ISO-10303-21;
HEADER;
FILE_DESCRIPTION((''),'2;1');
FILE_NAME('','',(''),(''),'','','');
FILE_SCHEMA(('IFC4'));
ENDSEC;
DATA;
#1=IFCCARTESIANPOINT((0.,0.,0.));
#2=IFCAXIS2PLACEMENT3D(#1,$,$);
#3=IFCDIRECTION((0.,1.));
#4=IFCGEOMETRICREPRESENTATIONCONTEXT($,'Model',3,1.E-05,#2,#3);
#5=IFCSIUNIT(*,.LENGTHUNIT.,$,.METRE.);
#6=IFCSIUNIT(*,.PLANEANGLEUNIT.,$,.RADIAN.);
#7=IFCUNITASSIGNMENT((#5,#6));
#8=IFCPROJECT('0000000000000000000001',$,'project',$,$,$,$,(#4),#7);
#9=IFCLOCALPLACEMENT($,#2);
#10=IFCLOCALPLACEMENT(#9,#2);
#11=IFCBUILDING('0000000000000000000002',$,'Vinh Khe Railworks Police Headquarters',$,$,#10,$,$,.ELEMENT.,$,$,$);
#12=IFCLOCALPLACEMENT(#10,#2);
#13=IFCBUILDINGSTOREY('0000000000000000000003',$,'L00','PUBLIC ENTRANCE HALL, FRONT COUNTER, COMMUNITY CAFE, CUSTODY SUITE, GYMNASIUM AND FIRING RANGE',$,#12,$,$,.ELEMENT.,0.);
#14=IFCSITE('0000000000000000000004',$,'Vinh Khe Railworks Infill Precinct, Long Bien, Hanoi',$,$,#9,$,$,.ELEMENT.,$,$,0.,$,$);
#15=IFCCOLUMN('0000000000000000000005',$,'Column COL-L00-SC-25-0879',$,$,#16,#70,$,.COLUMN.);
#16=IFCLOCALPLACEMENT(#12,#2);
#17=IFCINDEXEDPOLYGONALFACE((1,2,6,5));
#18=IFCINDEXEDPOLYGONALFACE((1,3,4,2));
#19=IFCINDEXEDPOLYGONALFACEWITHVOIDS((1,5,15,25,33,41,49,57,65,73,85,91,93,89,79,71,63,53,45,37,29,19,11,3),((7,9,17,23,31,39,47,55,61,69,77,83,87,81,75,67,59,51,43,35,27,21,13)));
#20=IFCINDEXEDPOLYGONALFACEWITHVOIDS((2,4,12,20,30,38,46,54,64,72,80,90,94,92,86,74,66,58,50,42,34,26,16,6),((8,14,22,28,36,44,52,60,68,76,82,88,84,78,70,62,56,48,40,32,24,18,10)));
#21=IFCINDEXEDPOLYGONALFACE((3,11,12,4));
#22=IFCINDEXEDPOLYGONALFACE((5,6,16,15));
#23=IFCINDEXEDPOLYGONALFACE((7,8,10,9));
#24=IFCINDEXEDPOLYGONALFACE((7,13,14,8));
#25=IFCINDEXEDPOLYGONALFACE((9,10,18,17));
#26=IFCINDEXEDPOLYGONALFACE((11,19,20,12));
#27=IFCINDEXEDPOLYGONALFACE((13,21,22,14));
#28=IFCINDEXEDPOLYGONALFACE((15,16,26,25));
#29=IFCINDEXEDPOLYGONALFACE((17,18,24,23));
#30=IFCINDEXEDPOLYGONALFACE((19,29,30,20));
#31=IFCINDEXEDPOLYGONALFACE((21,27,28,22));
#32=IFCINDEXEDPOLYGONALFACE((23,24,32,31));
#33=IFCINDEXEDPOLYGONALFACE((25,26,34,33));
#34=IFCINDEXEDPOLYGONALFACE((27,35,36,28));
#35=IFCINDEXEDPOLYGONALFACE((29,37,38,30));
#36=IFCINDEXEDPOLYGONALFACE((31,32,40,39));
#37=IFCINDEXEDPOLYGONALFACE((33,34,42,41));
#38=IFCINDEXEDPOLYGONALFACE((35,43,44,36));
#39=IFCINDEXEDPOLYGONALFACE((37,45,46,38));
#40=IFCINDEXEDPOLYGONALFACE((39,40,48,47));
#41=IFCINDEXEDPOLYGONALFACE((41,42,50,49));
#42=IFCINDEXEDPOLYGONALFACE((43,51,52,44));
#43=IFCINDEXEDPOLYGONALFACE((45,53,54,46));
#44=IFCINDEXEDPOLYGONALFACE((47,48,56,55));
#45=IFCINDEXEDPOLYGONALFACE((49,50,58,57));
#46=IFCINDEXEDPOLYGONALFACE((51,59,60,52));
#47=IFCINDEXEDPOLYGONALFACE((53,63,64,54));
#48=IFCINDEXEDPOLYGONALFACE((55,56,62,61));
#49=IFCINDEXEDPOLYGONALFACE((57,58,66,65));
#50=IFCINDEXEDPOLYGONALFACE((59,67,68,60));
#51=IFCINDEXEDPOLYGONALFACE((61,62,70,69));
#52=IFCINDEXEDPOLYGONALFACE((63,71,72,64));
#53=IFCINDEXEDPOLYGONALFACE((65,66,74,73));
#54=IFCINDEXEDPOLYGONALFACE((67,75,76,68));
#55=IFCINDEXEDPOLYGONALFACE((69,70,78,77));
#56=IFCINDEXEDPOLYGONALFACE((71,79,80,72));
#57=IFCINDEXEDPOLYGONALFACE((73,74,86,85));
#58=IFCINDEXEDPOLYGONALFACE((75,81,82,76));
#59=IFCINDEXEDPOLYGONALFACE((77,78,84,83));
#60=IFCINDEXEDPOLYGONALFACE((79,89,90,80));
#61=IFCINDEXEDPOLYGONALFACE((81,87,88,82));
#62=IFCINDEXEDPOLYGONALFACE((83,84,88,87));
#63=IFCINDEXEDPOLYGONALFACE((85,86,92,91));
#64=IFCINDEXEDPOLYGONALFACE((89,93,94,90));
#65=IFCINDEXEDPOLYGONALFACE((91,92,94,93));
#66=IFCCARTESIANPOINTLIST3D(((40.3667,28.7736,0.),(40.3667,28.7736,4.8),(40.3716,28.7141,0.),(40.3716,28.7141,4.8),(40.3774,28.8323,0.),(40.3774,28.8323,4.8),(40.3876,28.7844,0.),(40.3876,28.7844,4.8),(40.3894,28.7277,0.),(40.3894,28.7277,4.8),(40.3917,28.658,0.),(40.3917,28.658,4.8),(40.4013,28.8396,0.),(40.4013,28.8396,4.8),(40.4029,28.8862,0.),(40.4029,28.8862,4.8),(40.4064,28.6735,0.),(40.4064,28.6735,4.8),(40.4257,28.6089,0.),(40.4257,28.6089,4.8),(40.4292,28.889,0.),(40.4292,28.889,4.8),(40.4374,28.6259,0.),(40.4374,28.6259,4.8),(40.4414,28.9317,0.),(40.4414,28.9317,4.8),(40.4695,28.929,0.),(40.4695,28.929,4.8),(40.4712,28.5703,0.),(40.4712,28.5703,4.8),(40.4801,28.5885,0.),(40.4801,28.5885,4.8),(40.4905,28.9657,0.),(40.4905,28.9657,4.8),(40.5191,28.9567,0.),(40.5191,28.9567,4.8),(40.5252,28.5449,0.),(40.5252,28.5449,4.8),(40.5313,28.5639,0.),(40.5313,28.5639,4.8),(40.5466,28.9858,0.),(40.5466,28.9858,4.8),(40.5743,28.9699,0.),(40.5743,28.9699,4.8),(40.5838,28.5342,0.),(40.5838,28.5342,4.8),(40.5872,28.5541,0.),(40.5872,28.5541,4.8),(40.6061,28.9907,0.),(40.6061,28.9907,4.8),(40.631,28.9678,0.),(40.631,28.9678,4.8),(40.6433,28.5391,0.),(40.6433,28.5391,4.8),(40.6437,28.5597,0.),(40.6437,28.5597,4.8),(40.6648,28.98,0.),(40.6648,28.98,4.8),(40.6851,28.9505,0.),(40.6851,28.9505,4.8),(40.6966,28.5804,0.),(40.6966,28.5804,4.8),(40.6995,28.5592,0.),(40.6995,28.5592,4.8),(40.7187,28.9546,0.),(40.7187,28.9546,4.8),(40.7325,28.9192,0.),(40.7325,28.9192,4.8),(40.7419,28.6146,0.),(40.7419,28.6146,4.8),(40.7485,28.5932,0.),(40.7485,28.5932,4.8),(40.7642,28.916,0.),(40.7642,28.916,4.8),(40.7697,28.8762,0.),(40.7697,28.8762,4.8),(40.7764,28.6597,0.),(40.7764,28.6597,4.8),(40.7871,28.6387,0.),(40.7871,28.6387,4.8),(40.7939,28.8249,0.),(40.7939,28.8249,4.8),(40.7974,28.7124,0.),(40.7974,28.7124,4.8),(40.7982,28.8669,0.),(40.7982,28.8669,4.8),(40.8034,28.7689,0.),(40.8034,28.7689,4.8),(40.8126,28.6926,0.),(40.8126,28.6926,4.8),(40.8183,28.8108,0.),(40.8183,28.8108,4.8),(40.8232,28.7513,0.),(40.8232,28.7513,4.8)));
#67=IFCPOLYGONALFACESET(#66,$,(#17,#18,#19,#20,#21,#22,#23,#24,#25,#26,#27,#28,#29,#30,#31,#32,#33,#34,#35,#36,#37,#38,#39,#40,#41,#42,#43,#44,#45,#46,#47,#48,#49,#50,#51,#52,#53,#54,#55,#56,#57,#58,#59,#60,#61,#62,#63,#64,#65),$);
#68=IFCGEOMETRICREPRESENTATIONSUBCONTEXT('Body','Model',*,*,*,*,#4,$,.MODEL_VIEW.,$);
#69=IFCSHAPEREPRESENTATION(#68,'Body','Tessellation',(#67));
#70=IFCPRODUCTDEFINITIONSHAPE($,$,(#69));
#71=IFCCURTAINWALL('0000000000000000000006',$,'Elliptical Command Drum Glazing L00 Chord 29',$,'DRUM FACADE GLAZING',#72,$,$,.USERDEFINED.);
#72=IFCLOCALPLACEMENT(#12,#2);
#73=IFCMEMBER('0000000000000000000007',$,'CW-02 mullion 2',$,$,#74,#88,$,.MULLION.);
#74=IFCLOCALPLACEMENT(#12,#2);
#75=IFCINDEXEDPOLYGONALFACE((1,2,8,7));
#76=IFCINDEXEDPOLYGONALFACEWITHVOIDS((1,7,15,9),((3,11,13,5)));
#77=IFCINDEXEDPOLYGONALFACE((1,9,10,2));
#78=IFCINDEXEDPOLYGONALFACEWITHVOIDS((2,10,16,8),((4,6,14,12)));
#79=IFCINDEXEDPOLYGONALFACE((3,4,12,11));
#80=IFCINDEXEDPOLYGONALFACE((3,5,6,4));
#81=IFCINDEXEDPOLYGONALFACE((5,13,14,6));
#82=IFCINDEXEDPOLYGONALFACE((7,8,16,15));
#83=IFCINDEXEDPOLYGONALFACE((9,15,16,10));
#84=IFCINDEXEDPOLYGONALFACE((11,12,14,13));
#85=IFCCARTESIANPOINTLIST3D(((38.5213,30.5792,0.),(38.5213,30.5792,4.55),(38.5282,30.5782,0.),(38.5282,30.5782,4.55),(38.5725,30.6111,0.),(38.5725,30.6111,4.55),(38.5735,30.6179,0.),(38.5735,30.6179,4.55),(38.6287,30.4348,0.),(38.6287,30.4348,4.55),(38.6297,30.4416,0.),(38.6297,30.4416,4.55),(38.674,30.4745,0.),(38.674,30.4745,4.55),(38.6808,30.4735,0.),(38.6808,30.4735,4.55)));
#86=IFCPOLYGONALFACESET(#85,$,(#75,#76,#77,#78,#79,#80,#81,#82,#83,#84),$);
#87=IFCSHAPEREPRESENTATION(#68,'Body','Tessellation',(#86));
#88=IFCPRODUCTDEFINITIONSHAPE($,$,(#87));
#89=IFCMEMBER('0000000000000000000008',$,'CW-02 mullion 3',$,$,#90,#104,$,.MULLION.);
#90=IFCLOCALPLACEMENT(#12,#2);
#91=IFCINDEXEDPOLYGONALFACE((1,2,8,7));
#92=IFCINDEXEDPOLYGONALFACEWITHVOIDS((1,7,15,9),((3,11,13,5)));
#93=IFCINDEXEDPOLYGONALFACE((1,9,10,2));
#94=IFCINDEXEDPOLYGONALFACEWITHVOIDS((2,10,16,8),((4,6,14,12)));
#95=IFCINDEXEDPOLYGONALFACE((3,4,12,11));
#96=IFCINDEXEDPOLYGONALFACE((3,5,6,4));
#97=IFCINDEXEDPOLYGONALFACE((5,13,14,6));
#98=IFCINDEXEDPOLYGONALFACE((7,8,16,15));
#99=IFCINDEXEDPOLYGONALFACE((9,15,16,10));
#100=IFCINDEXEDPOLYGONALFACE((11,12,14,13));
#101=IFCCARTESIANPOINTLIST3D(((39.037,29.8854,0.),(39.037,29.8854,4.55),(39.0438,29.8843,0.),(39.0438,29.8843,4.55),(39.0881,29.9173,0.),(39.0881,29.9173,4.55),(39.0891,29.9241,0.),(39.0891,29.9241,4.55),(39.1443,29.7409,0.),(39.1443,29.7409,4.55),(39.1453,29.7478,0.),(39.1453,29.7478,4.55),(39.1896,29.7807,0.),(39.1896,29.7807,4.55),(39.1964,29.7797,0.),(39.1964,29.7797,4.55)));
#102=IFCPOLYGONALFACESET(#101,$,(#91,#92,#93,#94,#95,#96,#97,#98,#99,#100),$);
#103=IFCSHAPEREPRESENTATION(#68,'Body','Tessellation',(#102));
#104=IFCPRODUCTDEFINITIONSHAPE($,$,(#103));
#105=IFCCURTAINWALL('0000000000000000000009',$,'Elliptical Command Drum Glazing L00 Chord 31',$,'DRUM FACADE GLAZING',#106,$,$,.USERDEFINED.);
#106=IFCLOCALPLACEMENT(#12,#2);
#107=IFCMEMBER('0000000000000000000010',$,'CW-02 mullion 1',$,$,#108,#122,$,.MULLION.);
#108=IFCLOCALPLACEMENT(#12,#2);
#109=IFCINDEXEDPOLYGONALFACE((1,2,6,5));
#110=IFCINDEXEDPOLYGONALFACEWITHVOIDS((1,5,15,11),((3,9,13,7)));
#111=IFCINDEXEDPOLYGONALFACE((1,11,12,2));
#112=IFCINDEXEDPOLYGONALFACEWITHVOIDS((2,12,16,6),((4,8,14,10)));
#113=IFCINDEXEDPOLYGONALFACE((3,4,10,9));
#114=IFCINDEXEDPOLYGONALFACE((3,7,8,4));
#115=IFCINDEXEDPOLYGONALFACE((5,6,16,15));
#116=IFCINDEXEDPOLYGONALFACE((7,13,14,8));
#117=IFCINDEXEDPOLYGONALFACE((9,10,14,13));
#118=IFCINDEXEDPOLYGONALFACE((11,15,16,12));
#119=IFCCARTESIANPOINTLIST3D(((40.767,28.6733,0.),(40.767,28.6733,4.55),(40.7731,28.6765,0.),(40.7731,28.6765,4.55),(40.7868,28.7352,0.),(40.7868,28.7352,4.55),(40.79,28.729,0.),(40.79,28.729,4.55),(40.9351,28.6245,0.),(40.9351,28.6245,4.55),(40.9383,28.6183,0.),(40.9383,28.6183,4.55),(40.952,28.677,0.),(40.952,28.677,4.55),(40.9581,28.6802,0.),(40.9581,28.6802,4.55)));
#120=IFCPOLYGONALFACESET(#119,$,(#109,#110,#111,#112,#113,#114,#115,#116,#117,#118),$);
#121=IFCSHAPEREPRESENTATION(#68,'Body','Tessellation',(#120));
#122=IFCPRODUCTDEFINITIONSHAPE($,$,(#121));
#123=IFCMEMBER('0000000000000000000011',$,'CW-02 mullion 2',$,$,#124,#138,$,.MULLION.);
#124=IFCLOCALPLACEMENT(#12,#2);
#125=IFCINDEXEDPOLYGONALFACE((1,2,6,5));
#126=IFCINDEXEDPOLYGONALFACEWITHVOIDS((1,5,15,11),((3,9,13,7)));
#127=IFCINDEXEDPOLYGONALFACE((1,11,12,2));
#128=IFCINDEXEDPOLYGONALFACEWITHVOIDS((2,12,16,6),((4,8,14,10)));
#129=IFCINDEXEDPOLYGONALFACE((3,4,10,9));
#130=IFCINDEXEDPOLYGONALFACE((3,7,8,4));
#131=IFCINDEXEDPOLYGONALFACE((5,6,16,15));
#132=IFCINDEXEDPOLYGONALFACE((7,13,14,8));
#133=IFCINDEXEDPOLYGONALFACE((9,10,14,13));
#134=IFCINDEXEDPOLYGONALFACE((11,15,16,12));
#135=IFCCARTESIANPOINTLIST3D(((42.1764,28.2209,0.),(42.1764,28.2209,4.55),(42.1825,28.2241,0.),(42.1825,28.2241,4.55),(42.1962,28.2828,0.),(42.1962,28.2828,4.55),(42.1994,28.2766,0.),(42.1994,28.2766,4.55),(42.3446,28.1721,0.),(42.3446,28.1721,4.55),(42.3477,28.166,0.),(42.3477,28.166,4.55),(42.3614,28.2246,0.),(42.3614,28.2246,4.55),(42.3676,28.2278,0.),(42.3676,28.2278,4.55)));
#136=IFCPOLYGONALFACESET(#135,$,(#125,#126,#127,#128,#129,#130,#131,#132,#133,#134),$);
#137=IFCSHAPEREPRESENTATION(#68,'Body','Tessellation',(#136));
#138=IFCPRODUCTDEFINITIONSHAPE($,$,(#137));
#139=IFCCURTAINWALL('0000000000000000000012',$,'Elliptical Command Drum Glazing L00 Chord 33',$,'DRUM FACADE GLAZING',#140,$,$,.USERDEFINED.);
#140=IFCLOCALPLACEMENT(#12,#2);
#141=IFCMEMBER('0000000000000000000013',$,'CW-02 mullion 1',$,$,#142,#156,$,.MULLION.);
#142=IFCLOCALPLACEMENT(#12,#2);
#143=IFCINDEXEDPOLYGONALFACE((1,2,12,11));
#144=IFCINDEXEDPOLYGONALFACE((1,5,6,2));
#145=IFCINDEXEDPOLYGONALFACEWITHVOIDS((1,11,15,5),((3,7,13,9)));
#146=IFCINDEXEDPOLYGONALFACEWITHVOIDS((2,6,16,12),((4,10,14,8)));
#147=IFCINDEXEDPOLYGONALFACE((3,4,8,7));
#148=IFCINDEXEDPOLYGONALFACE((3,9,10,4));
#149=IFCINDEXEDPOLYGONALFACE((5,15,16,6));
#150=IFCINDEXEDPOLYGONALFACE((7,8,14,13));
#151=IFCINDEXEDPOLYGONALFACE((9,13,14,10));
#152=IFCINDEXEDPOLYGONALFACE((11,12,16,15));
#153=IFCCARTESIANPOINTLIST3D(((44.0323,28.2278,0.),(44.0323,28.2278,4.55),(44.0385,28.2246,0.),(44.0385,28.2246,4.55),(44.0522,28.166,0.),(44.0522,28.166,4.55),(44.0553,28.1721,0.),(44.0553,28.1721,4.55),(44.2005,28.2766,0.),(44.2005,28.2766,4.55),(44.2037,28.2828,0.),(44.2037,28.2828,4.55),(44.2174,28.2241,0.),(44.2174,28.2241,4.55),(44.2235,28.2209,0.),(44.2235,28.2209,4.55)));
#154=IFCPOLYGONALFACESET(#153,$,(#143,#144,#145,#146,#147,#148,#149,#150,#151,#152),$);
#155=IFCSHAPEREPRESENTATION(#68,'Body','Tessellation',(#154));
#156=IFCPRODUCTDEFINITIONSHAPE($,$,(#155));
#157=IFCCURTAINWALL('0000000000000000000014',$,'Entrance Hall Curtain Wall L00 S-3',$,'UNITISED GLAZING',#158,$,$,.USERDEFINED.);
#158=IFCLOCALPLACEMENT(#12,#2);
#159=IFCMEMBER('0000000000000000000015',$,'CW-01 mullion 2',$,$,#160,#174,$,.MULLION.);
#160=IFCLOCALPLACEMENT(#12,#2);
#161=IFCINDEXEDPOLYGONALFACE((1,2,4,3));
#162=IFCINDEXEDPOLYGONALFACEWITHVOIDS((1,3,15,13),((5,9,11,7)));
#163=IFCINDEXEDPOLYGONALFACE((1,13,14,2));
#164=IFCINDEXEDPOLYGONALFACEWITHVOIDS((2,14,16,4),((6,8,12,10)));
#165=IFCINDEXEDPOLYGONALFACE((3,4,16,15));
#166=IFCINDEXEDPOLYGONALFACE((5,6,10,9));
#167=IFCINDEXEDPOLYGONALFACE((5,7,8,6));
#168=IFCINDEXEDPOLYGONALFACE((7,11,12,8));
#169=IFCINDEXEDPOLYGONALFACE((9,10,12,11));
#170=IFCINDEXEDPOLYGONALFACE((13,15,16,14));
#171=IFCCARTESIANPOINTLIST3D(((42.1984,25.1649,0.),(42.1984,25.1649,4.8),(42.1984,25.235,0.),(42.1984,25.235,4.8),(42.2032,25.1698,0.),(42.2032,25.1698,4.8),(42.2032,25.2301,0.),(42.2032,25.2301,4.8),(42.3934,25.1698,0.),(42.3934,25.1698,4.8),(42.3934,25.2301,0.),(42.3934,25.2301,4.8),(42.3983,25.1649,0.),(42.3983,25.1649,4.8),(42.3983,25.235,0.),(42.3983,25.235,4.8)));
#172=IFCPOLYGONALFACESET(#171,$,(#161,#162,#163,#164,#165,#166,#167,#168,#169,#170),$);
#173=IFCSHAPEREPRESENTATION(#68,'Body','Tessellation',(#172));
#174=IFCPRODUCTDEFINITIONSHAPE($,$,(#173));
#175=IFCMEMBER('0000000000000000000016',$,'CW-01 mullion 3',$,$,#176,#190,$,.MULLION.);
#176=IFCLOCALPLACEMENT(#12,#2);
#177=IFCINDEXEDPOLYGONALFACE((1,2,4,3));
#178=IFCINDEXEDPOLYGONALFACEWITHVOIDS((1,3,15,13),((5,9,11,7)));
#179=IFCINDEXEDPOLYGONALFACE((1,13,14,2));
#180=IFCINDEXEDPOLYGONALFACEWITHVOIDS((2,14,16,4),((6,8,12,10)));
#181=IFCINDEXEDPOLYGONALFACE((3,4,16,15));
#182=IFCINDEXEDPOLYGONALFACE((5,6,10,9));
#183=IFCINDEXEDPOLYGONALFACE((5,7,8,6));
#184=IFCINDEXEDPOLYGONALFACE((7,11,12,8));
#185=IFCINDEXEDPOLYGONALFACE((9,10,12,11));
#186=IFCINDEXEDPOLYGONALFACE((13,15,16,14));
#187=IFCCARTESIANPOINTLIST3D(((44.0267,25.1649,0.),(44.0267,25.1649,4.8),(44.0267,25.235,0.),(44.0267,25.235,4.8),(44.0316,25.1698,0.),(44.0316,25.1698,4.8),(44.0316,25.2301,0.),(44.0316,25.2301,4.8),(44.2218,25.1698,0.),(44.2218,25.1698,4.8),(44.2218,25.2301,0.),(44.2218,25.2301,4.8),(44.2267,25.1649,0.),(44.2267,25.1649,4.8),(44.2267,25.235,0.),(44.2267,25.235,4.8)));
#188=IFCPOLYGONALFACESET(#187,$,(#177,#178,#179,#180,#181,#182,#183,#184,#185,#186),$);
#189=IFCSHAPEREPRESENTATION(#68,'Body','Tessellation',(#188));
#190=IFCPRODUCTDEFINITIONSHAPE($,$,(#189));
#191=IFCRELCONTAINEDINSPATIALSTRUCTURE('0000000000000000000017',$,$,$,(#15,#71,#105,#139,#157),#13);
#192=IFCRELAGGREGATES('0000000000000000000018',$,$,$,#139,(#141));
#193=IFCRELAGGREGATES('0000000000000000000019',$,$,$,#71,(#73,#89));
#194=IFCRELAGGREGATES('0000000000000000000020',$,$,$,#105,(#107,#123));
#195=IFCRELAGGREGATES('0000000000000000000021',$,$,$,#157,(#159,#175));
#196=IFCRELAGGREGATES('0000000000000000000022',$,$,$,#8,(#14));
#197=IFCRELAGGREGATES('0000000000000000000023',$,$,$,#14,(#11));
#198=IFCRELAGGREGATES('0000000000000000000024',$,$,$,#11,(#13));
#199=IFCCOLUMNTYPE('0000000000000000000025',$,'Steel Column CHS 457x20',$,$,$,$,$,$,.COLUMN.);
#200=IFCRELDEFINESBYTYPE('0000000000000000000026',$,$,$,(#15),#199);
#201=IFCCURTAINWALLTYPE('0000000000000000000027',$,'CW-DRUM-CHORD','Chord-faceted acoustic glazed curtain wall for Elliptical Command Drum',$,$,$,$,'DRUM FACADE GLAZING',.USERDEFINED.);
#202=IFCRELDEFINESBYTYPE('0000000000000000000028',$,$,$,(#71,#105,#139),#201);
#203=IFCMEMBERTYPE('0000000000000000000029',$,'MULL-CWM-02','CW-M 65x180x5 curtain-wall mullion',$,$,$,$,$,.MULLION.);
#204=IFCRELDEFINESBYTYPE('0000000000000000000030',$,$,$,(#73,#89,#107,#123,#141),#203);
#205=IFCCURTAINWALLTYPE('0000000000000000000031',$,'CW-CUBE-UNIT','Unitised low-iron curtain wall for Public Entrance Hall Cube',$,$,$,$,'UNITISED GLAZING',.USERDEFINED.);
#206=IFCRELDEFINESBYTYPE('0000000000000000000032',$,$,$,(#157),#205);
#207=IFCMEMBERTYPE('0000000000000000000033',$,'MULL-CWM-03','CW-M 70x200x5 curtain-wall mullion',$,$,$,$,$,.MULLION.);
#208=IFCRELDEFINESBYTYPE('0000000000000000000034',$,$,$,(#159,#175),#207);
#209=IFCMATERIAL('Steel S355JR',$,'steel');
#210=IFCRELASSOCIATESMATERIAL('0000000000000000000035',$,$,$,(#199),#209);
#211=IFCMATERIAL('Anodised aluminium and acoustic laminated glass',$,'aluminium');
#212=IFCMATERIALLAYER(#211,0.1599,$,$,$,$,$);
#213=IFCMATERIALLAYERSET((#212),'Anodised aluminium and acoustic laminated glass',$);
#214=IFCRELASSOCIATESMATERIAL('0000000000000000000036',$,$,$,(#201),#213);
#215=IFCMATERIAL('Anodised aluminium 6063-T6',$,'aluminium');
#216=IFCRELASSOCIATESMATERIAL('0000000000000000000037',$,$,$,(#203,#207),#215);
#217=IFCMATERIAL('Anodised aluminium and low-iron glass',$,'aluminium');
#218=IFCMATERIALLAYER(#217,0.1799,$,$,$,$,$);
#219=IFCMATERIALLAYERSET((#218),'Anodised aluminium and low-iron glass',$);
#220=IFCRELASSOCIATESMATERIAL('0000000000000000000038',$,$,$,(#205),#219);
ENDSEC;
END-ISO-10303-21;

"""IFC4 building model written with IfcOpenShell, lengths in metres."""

from ifc_helpers import new_model, si_unit, direction, frame, origin, origin_2d, place, context, subcontext, project, spatial, hollow_rectangle, hollow_circle, extrude, material, layer, layer_set, material_profile, profile_set, type_object, element, aggregate, save


model = new_model("IFC4")

# Units and contexts
model_context = context("Model", 3, precision=1e-05, world=origin(), true_north=direction((0.0, 1.0)))
body_context = subcontext(model_context, "Body", "Model", "MODEL_VIEW")
ifc_project = project(units=[si_unit("LENGTHUNIT", "METRE"), si_unit("PLANEANGLEUNIT", "RADIAN")], contexts=[model_context])

# Site, building, storey
site_placement = place(None, origin())
site = spatial("IfcSite", under=ifc_project, at=site_placement, Name="Vinh Khe Railworks Infill Precinct, Long Bien, Hanoi", CompositionType="ELEMENT", RefElevation=0.0)
building_placement = place(site_placement, origin())
building = spatial("IfcBuilding", under=site, at=building_placement, Name="Vinh Khe Railworks Police Headquarters", CompositionType="ELEMENT")
storey_placement = place(building_placement, origin())
storey = spatial("IfcBuildingStorey", under=building, at=storey_placement, Name="L00", Description="PUBLIC ENTRANCE HALL, FRONT COUNTER, COMMUNITY CAFE, CUSTODY SUITE, GYMNASIUM AND FIRING RANGE", CompositionType="ELEMENT", Elevation=0.0)

# Column
ifc_material_1 = material(Name="Steel S355JR", Category="steel")
ifc_material_profile_1 = material_profile(ifc_material_1, hollow_circle(Radius=0.2285, WallThickness=0.02, at=origin_2d()), Name="CHS 457x20")
ifc_profile_set_1 = profile_set([ifc_material_profile_1], Name="Steel S355JR")
column_type = type_object("IfcColumnType", Name="Steel Column CHS 457x20", PredefinedType="COLUMN", material=ifc_profile_set_1)
column_placement = place(storey_placement, frame((40.595, 28.7625, 0.0), z_axis=(0.0, 0.0, 1.0), x_axis=(-0.305529, -0.952183, 0.0)))
element("IfcColumn", 1, at=column_placement, inside=storey, type_object=column_type, Name="Column COL-L00-SC-25-0879", PredefinedType="COLUMN", context=body_context, shape_type="SweptSolid", body=[
    extrude(hollow_circle(Radius=0.2285, WallThickness=0.02, at=origin_2d()), origin(), (0.0, 0.0, 1.0), 4.8),
])

# Curtain walls, members
ifc_material_2 = material(Name="Anodised aluminium and acoustic laminated glass", Category="aluminium")
ifc_layer_1 = layer(ifc_material_2, 0.1599)
ifc_layer_set_1 = layer_set([ifc_layer_1], Name="Anodised aluminium and acoustic laminated glass")
curtain_wall_type_1 = type_object("IfcCurtainWallType", Name="CW-DRUM-CHORD", Description="Chord-faceted acoustic glazed curtain wall for Elliptical Command Drum", ElementType="DRUM FACADE GLAZING", PredefinedType="USERDEFINED", material=ifc_layer_set_1)
curtain_wall_1_placement = place(storey_placement, origin())
curtain_wall_1 = element("IfcCurtainWall", 2, at=curtain_wall_1_placement, inside=storey, type_object=curtain_wall_type_1, Name="Elliptical Command Drum Glazing L00 Chord 29", ObjectType="DRUM FACADE GLAZING", PredefinedType="USERDEFINED")
ifc_material_3 = material(Name="Anodised aluminium 6063-T6", Category="aluminium")
ifc_material_profile_2 = material_profile(ifc_material_3, hollow_rectangle(XDim=0.0649, YDim=0.1799, WallThickness=0.0049, at=origin_2d()), Name="CW-M 65x180x5")
ifc_profile_set_2 = profile_set([ifc_material_profile_2], Name="Anodised aluminium 6063-T6")
member_type_1 = type_object("IfcMemberType", Name="MULL-CWM-02", Description="CW-M 65x180x5 curtain-wall mullion", PredefinedType="MULLION", material=ifc_profile_set_2)
member_1_placement = place(storey_placement, frame((38.6011, 30.5264, 0.0), z_axis=(0.0, 0.0, 1.0), x_axis=(0.802592, 0.596528, 0.0)))
member_1 = element("IfcMember", 3, at=member_1_placement, type_object=member_type_1, Name="CW-02 mullion 2", PredefinedType="MULLION", context=body_context, shape_type="SweptSolid", body=[
    extrude(hollow_rectangle(XDim=0.0649, YDim=0.1799, WallThickness=0.0049, at=origin_2d()), origin(), (0.0, 0.0, 1.0), 4.55),
])
member_2_placement = place(storey_placement, frame((39.1167, 29.8325, 0.0), z_axis=(0.0, 0.0, 1.0), x_axis=(0.802592, 0.596528, 0.0)))
member_2 = element("IfcMember", 4, at=member_2_placement, type_object=member_type_1, Name="CW-02 mullion 3", PredefinedType="MULLION", context=body_context, shape_type="SweptSolid", body=[
    extrude(hollow_rectangle(XDim=0.0649, YDim=0.1799, WallThickness=0.0049, at=origin_2d()), origin(), (0.0, 0.0, 1.0), 4.55),
])
curtain_wall_2_placement = place(storey_placement, origin())
curtain_wall_2 = element("IfcCurtainWall", 5, at=curtain_wall_2_placement, inside=storey, type_object=curtain_wall_type_1, Name="Elliptical Command Drum Glazing L00 Chord 31", ObjectType="DRUM FACADE GLAZING", PredefinedType="USERDEFINED")
member_3_placement = place(storey_placement, frame((40.8625, 28.6768, 0.0), z_axis=(0.0, 0.0, 1.0), x_axis=(0.305576, 0.952168, 0.0)))
member_3 = element("IfcMember", 6, at=member_3_placement, type_object=member_type_1, Name="CW-02 mullion 1", PredefinedType="MULLION", context=body_context, shape_type="SweptSolid", body=[
    extrude(hollow_rectangle(XDim=0.0649, YDim=0.1799, WallThickness=0.0049, at=origin_2d()), origin(), (0.0, 0.0, 1.0), 4.55),
])
member_4_placement = place(storey_placement, frame((42.272, 28.2244, 0.0), z_axis=(0.0, 0.0, 1.0), x_axis=(0.305576, 0.952168, 0.0)))
member_4 = element("IfcMember", 7, at=member_4_placement, type_object=member_type_1, Name="CW-02 mullion 2", PredefinedType="MULLION", context=body_context, shape_type="SweptSolid", body=[
    extrude(hollow_rectangle(XDim=0.0649, YDim=0.1799, WallThickness=0.0049, at=origin_2d()), origin(), (0.0, 0.0, 1.0), 4.55),
])

# Curtain wall, member
curtain_wall_3_placement = place(storey_placement, origin())
curtain_wall_3 = element("IfcCurtainWall", 8, at=curtain_wall_3_placement, inside=storey, type_object=curtain_wall_type_1, Name="Elliptical Command Drum Glazing L00 Chord 33", ObjectType="DRUM FACADE GLAZING", PredefinedType="USERDEFINED")
member_5_placement = place(storey_placement, frame((44.1279, 28.2244, 0.0), z_axis=(0.0, 0.0, 1.0), x_axis=(-0.305576, 0.952168, 0.0)))
member_5 = element("IfcMember", 9, at=member_5_placement, type_object=member_type_1, Name="CW-02 mullion 1", PredefinedType="MULLION", context=body_context, shape_type="SweptSolid", body=[
    extrude(hollow_rectangle(XDim=0.0649, YDim=0.1799, WallThickness=0.0049, at=origin_2d()), origin(), (0.0, 0.0, 1.0), 4.55),
])

# Curtain wall, members
ifc_material_4 = material(Name="Anodised aluminium and low-iron glass", Category="aluminium")
ifc_layer_2 = layer(ifc_material_4, 0.1799)
ifc_layer_set_2 = layer_set([ifc_layer_2], Name="Anodised aluminium and low-iron glass")
curtain_wall_type_2 = type_object("IfcCurtainWallType", Name="CW-CUBE-UNIT", Description="Unitised low-iron curtain wall for Public Entrance Hall Cube", ElementType="UNITISED GLAZING", PredefinedType="USERDEFINED", material=ifc_layer_set_2)
curtain_wall_4_placement = place(storey_placement, origin())
curtain_wall_4 = element("IfcCurtainWall", 10, at=curtain_wall_4_placement, inside=storey, type_object=curtain_wall_type_2, Name="Entrance Hall Curtain Wall L00 S-3", ObjectType="UNITISED GLAZING", PredefinedType="USERDEFINED")
ifc_material_profile_3 = material_profile(ifc_material_3, hollow_rectangle(XDim=0.0701, YDim=0.2, WallThickness=0.0049, at=origin_2d()), Name="CW-M 70x200x5")
ifc_profile_set_3 = profile_set([ifc_material_profile_3], Name="Anodised aluminium 6063-T6")
member_type_2 = type_object("IfcMemberType", Name="MULL-CWM-03", Description="CW-M 70x200x5 curtain-wall mullion", PredefinedType="MULLION", material=ifc_profile_set_3)
member_6_placement = place(storey_placement, frame((42.2983, 25.2, 0.0), z_axis=(0.0, 0.0, 1.0), x_axis=(0.0, 1.0, 0.0)))
member_6 = element("IfcMember", 11, at=member_6_placement, type_object=member_type_2, Name="CW-01 mullion 2", PredefinedType="MULLION", context=body_context, shape_type="SweptSolid", body=[
    extrude(hollow_rectangle(XDim=0.0701, YDim=0.2, WallThickness=0.0049, at=origin_2d()), origin(), (0.0, 0.0, 1.0), 4.8),
])
member_7_placement = place(storey_placement, frame((44.1267, 25.2, 0.0), z_axis=(0.0, 0.0, 1.0), x_axis=(0.0, 1.0, 0.0)))
member_7 = element("IfcMember", 12, at=member_7_placement, type_object=member_type_2, Name="CW-01 mullion 3", PredefinedType="MULLION", context=body_context, shape_type="SweptSolid", body=[
    extrude(hollow_rectangle(XDim=0.0701, YDim=0.2, WallThickness=0.0049, at=origin_2d()), origin(), (0.0, 0.0, 1.0), 4.8),
])

aggregate(curtain_wall_3, [member_5])

aggregate(curtain_wall_1, [member_1, member_2])
aggregate(curtain_wall_2, [member_3, member_4])
aggregate(curtain_wall_4, [member_6, member_7])

save(model, "model.ifc")
